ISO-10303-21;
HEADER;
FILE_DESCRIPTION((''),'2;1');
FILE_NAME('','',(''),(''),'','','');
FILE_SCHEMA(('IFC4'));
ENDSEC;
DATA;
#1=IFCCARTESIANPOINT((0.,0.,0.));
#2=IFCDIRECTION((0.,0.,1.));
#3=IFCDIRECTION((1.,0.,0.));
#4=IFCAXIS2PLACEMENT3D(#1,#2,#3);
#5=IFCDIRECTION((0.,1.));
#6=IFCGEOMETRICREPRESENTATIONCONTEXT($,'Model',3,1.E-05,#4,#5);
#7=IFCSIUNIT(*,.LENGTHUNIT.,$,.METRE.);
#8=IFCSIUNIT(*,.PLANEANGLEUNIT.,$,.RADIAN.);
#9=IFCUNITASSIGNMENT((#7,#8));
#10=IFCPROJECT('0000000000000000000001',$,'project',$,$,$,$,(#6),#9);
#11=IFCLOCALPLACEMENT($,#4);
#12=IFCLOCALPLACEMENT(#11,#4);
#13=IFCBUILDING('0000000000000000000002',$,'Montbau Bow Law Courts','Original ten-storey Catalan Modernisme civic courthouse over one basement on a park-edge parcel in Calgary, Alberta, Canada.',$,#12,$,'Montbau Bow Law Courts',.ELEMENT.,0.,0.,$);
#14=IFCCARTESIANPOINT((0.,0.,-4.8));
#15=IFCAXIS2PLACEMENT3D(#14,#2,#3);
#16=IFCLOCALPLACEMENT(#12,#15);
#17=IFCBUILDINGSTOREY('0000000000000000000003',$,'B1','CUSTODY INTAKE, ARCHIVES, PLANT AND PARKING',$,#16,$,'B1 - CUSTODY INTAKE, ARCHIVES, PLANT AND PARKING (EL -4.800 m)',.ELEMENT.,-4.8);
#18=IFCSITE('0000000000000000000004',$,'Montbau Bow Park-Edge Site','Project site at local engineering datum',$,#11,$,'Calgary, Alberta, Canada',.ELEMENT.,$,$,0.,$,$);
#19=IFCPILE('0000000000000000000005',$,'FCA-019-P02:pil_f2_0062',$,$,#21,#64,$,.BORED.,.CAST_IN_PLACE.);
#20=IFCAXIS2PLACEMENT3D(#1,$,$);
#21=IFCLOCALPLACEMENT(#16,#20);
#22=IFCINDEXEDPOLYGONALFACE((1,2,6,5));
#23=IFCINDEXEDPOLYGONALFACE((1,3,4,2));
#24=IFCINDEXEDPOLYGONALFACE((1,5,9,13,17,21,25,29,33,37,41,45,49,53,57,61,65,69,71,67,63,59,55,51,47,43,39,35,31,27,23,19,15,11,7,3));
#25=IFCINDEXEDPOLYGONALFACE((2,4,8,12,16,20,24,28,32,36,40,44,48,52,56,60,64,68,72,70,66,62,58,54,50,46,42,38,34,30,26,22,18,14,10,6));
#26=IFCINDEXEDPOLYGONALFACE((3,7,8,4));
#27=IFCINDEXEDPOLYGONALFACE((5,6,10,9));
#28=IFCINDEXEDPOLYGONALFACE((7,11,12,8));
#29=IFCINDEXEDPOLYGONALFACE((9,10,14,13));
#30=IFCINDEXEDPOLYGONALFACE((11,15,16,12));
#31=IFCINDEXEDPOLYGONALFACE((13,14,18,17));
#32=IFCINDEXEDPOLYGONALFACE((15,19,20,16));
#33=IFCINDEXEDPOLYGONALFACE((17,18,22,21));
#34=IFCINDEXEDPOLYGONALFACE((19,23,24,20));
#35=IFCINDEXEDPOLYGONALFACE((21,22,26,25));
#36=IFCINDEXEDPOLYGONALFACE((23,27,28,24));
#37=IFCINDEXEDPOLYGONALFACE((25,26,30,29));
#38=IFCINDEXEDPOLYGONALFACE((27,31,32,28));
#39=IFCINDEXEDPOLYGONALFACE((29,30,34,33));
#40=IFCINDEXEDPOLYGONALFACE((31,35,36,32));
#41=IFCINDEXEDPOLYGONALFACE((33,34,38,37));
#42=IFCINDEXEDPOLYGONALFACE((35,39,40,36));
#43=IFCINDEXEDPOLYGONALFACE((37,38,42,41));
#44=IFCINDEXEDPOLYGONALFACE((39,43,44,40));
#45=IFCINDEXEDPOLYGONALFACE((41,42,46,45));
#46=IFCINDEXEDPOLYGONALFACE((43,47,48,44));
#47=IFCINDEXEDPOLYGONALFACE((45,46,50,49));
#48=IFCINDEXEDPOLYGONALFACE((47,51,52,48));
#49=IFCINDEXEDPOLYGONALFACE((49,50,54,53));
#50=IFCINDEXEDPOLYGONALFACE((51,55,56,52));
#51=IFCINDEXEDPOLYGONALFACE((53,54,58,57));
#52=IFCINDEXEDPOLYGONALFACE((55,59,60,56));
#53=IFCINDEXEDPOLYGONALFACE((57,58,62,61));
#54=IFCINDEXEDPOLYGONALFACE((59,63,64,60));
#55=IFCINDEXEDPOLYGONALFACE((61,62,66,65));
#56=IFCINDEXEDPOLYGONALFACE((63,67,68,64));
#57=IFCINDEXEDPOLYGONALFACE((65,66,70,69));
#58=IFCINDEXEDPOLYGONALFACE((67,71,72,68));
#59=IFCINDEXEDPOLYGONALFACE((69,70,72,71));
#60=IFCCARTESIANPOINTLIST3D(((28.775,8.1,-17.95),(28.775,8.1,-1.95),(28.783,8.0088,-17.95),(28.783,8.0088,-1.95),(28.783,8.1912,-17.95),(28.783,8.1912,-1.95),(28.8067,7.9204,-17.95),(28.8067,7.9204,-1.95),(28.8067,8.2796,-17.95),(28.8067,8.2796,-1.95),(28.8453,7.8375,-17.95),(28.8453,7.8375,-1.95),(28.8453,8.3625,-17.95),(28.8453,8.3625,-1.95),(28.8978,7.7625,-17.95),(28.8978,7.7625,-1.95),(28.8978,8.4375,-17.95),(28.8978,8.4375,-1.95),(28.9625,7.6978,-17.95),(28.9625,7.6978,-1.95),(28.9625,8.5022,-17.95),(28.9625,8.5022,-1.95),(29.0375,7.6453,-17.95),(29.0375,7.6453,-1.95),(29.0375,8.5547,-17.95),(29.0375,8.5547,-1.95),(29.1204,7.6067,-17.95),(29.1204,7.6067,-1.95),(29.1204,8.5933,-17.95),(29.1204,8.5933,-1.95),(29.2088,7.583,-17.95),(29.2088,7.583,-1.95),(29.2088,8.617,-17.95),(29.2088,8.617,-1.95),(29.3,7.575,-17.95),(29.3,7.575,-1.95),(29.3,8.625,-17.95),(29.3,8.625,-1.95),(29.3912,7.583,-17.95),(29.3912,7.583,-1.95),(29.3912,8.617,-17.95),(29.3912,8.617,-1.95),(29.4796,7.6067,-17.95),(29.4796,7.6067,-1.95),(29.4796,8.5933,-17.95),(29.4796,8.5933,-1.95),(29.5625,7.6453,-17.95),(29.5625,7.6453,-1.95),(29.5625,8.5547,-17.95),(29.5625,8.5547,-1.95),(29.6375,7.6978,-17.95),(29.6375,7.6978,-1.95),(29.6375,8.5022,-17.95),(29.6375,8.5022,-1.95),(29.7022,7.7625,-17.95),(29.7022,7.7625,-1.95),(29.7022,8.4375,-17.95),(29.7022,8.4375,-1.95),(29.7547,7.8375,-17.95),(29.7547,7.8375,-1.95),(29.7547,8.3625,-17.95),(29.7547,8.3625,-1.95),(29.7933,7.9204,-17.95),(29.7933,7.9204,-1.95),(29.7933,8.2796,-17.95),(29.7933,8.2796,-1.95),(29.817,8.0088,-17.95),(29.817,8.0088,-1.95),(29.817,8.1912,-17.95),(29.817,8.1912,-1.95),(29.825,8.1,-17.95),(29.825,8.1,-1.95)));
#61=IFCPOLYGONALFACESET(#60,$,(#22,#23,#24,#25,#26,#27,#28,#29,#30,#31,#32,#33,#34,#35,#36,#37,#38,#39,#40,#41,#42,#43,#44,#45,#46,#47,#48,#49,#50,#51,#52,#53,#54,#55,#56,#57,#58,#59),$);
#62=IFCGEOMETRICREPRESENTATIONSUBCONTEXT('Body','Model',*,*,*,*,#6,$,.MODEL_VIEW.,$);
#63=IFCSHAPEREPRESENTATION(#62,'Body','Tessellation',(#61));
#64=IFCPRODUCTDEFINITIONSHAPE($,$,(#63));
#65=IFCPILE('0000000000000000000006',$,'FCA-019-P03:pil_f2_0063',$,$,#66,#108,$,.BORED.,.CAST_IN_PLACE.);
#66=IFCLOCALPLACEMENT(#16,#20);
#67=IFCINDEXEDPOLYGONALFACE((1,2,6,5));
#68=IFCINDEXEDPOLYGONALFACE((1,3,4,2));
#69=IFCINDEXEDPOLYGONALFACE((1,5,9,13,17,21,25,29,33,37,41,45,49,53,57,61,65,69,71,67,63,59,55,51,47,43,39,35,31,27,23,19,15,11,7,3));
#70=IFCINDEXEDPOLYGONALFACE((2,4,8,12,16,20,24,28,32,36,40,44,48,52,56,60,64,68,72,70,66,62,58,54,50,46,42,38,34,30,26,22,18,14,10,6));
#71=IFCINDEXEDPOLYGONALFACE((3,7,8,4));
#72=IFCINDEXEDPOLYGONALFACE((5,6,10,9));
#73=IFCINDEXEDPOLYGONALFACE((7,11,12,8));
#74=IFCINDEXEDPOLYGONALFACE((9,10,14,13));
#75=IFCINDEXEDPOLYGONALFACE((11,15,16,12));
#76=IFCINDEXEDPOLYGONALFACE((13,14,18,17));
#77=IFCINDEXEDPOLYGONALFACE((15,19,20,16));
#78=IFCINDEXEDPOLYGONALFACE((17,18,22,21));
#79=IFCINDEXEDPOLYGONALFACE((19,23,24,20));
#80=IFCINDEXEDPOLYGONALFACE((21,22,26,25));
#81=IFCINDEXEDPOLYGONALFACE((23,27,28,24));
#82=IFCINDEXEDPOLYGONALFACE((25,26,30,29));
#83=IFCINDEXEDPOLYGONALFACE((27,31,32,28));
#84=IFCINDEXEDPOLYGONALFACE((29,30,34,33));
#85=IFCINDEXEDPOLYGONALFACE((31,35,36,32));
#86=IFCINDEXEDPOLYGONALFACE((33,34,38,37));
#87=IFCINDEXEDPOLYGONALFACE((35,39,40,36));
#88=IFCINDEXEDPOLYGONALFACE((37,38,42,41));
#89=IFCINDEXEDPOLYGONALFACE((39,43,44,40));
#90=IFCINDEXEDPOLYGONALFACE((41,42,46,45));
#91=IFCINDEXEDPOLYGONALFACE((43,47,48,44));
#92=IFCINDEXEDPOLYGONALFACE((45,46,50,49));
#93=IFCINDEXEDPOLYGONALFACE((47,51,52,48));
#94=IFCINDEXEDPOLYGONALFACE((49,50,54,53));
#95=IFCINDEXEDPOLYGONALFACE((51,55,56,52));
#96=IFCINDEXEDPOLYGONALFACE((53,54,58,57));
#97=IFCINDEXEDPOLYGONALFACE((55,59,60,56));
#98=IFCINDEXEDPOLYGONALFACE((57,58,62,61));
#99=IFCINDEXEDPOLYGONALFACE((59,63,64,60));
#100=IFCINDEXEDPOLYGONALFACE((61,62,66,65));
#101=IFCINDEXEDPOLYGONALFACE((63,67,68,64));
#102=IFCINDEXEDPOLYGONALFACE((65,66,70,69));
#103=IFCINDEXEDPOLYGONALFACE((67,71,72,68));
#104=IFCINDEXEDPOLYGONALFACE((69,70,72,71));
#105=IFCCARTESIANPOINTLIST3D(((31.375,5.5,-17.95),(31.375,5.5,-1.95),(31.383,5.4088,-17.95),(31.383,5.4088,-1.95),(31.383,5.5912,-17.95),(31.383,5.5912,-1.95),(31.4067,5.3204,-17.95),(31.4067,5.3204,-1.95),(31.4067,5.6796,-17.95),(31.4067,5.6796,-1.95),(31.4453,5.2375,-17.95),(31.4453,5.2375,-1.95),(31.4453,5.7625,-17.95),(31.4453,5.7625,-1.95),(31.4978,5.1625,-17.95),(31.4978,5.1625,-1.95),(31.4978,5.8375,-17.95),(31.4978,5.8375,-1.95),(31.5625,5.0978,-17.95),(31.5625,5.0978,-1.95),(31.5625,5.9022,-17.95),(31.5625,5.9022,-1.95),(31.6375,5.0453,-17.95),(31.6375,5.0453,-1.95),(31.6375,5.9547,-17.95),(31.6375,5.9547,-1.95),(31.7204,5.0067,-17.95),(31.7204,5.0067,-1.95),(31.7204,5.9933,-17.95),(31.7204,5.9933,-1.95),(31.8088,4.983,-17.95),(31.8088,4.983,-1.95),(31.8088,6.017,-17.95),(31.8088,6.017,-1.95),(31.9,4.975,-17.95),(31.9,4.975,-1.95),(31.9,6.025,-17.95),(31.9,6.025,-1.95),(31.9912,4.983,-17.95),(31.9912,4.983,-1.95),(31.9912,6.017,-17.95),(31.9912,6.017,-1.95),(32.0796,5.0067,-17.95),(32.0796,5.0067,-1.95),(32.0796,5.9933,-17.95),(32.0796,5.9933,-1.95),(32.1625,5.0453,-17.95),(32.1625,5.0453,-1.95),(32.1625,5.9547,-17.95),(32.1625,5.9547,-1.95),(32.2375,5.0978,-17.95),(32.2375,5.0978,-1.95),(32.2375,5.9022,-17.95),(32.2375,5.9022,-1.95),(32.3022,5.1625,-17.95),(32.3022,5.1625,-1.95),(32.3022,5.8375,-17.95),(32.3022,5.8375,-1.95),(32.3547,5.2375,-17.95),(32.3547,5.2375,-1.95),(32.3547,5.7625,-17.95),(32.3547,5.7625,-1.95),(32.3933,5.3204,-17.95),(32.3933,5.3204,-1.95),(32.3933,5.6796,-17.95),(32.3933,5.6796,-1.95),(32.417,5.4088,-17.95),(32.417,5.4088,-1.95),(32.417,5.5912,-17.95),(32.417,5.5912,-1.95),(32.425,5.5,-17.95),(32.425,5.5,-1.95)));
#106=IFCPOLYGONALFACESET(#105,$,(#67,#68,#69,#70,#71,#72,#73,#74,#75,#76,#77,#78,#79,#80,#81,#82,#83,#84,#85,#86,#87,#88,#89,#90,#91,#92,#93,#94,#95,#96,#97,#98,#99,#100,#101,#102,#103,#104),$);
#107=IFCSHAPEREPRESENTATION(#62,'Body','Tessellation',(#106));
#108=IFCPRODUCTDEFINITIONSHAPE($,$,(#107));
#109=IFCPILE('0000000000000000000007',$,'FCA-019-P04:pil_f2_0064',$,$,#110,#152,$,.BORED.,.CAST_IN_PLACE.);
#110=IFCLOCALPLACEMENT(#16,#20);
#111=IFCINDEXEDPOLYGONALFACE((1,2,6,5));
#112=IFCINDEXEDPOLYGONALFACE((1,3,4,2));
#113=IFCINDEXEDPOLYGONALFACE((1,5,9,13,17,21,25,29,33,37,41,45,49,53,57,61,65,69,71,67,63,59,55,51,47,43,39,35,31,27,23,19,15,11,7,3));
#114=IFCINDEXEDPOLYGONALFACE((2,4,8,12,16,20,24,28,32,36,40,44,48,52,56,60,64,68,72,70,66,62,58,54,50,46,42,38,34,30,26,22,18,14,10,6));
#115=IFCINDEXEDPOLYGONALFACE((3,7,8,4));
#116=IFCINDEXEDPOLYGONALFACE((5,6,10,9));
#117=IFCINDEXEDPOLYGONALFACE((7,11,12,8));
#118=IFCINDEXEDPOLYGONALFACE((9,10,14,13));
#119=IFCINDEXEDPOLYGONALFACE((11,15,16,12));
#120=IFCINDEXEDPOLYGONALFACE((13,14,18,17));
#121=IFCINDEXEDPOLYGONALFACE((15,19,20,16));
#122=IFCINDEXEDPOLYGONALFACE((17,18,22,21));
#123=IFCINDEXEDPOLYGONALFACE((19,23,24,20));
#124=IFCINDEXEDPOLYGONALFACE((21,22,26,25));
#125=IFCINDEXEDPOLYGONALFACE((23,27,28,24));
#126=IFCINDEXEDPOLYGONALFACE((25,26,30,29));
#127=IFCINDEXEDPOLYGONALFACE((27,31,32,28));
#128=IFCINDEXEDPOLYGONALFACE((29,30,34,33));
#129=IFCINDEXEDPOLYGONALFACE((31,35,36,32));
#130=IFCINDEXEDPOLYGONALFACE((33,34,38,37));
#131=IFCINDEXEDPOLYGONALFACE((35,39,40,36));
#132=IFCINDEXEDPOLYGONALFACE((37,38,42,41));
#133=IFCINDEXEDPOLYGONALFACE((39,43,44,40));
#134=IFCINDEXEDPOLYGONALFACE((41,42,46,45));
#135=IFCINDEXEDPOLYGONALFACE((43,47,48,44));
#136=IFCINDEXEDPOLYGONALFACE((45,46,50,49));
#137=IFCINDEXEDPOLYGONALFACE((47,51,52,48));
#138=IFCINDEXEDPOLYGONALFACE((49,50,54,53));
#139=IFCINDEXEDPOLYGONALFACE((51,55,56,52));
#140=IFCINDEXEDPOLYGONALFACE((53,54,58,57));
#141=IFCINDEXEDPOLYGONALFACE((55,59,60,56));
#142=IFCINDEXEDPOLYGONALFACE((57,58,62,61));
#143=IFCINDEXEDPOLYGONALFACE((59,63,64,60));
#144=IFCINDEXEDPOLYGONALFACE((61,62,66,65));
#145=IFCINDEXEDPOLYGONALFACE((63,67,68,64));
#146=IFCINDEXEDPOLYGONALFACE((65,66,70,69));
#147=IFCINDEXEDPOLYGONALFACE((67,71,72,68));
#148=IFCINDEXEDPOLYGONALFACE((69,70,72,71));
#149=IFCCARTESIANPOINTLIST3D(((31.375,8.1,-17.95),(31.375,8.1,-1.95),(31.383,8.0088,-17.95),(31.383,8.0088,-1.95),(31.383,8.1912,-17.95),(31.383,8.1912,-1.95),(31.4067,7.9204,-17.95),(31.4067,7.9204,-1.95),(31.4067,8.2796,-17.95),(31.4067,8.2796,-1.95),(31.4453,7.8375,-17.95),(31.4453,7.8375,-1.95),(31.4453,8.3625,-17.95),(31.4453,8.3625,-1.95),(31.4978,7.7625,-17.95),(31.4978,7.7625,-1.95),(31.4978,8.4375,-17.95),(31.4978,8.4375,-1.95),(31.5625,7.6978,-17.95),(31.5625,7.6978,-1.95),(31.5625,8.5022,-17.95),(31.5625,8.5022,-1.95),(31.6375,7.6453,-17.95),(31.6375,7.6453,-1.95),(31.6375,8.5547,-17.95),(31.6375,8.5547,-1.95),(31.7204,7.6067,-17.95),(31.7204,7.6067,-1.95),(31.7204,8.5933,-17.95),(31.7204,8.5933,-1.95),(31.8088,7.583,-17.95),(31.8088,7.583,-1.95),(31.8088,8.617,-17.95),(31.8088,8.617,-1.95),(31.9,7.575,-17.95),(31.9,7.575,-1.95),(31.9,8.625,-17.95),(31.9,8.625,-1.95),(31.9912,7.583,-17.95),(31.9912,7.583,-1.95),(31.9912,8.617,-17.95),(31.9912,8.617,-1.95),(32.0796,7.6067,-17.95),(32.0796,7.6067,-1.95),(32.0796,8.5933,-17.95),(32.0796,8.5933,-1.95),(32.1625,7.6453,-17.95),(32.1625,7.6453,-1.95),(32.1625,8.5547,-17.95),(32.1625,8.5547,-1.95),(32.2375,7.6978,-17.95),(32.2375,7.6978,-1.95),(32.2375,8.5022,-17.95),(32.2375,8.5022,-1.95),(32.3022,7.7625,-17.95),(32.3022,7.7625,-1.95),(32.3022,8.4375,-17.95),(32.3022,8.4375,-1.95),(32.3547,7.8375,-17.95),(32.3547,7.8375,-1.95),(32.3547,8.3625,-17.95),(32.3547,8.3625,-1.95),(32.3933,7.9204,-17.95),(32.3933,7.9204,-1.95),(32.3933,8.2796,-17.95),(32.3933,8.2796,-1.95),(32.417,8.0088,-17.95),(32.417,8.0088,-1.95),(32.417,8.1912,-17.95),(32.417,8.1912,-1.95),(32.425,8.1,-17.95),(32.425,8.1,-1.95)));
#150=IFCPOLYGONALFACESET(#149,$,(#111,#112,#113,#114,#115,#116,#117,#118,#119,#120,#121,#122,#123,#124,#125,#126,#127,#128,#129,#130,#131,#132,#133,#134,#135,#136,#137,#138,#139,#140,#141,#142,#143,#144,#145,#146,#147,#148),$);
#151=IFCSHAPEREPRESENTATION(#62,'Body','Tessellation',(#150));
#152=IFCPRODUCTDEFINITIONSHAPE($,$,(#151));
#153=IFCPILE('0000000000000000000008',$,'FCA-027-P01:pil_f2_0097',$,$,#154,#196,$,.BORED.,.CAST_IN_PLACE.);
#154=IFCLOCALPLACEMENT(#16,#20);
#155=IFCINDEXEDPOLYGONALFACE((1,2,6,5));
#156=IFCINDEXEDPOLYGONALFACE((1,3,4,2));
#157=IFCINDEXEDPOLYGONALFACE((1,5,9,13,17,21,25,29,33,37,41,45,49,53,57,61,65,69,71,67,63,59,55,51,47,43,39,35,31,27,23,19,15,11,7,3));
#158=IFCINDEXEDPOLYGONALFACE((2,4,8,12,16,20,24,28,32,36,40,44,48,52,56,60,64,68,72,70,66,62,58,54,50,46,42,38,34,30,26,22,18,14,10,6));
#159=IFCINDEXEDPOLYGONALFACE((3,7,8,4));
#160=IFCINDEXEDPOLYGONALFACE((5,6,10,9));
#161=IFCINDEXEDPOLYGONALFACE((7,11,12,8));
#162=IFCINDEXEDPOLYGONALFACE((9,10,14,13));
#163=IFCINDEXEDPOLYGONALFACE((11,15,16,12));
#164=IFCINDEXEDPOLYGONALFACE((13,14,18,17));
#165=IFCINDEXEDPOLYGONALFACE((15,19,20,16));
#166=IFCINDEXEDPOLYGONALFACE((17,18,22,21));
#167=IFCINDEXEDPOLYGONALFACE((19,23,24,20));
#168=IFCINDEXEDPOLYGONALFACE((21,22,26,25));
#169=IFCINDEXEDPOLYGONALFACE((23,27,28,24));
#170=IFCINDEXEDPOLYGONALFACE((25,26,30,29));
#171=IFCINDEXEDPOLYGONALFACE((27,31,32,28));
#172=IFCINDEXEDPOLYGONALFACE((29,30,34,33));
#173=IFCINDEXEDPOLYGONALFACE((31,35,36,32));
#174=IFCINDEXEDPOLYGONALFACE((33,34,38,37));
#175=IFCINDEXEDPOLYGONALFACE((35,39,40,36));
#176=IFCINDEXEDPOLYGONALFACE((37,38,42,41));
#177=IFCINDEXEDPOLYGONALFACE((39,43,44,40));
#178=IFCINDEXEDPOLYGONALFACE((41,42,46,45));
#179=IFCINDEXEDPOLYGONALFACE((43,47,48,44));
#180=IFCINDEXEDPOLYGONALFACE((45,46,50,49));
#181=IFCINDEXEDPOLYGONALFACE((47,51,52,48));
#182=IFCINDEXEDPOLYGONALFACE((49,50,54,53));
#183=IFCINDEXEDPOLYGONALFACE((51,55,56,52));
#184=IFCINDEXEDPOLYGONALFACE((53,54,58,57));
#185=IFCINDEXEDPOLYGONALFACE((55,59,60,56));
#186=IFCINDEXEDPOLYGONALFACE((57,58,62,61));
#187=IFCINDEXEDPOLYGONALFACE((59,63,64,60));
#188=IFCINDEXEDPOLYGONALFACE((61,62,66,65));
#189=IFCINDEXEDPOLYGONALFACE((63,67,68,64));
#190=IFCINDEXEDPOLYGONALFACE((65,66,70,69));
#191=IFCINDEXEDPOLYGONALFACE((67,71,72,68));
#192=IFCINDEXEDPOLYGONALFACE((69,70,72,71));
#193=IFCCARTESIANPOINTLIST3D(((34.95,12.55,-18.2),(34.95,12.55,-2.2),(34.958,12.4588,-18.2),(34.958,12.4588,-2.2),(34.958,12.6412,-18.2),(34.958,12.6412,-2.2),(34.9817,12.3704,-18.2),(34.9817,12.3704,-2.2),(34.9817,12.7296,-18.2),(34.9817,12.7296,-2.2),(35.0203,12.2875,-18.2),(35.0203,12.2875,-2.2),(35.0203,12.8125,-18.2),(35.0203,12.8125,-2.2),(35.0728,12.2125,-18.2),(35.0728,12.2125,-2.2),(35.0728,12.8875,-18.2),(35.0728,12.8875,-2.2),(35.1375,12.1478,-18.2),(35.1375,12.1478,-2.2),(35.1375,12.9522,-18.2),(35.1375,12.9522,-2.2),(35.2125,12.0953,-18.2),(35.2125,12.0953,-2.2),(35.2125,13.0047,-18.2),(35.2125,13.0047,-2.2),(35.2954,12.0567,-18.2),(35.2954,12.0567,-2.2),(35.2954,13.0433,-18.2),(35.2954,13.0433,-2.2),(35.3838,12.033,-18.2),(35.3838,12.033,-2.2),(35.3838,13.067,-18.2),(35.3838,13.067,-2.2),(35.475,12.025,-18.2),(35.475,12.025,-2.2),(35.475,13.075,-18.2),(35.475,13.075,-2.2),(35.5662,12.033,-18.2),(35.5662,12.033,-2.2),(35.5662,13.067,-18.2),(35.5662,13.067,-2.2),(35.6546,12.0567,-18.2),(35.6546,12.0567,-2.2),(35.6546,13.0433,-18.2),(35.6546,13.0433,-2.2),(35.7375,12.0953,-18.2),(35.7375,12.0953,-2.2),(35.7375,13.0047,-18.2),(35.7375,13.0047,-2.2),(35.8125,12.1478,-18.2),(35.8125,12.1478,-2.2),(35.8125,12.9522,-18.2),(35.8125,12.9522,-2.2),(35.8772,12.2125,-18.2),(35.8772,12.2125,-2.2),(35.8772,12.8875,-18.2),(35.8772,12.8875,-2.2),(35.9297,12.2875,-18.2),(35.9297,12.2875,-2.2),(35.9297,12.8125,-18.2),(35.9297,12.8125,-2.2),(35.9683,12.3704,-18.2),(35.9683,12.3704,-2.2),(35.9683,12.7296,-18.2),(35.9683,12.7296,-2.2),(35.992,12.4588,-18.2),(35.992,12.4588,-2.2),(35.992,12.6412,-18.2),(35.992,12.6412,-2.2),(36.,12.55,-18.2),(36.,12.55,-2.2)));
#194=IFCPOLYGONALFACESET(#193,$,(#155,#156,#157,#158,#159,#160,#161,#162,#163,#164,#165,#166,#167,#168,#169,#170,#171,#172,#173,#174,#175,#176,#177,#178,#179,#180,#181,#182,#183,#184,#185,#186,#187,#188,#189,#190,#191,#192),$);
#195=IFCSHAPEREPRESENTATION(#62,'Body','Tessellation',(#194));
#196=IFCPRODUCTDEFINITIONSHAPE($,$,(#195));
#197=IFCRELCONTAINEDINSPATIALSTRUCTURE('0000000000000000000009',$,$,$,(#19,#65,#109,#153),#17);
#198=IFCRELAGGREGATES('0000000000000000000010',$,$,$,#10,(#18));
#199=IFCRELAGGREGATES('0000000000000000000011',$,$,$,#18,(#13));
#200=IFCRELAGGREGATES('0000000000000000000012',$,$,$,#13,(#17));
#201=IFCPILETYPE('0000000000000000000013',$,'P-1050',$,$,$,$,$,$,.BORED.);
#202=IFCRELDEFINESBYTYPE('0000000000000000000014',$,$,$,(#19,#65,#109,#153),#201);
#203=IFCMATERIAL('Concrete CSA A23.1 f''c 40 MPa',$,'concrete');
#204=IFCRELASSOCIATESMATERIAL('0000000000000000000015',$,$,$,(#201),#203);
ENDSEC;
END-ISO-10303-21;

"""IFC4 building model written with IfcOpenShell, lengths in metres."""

from ifc_helpers import new_model, si_unit, direction, frame, origin_with_axes, origin_2d_with_axis, place, context, subcontext, project, spatial, circle, extrude, material, material_profile, profile_set, type_object, element, save


model = new_model("IFC4")

# Units and contexts
model_context = context("Model", 3, precision=1e-05, world=origin_with_axes(), true_north=direction((0.0, 1.0)))
body_context = subcontext(model_context, "Body", "Model", "MODEL_VIEW")
ifc_project = project(units=[si_unit("LENGTHUNIT", "METRE"), si_unit("PLANEANGLEUNIT", "RADIAN")], contexts=[model_context])

# Site, building, storey
site_placement = place(None, origin_with_axes())
site = spatial("IfcSite", under=ifc_project, at=site_placement, Name="Montbau Bow Park-Edge Site", Description="Project site at local engineering datum", LongName="Calgary, Alberta, Canada", CompositionType="ELEMENT", RefElevation=0.0)
building_placement = place(site_placement, origin_with_axes())
building = spatial("IfcBuilding", under=site, at=building_placement, Name="Montbau Bow Law Courts", Description="Original ten-storey Catalan Modernisme civic courthouse over one basement on a park-edge parcel in Calgary, Alberta, Canada.", LongName="Montbau Bow Law Courts", CompositionType="ELEMENT", ElevationOfRefHeight=0.0, ElevationOfTerrain=0.0)
storey_placement = place(building_placement, frame((0.0, 0.0, -4.8), z_axis=(0.0, 0.0, 1.0), x_axis=(1.0, 0.0, 0.0)))
storey = spatial("IfcBuildingStorey", under=building, at=storey_placement, Name="B1", Description="CUSTODY INTAKE, ARCHIVES, PLANT AND PARKING", LongName="B1 - CUSTODY INTAKE, ARCHIVES, PLANT AND PARKING (EL -4.800 m)", CompositionType="ELEMENT", Elevation=-4.8)

# Piles
ifc_material_1 = material(Name="Concrete CSA A23.1 f'c 40 MPa", Category="concrete")
ifc_material_profile_1 = material_profile(ifc_material_1, circle(Radius=0.525, at=origin_2d_with_axis()), Name="BP1050", Category="Main", Priority=0)
ifc_profile_set_1 = profile_set([ifc_material_profile_1], Name="Concrete CSA A23.1 f'c 40 MPa")
pile_type_1 = type_object("IfcPileType", Name="P-1050", PredefinedType="BORED", material=ifc_profile_set_1)
for number, where, z_axis, x_axis, name in (
    (1, (29.3, 8.1, -22.75), (0.0, 0.0, 1.0), (1.0, 0.0, 0.0), "FCA-019-P02:pil_f2_0062"),
    (2, (31.9, 5.5, -22.75), (0.0, 0.0, 1.0), (1.0, 0.0, 0.0), "FCA-019-P03:pil_f2_0063"),
    (3, (31.9, 8.1, -22.75), (0.0, 0.0, 1.0), (1.0, 0.0, 0.0), "FCA-019-P04:pil_f2_0064"),
    (4, (35.475, 12.55, -23.0), (0.0, 0.0, 1.0), (1.0, 0.0, 0.0), "FCA-027-P01:pil_f2_0097"),
):
    element("IfcPile", number, at=place(None, frame(where, z_axis=z_axis, x_axis=x_axis)), inside=storey, type_object=pile_type_1, Name=name, ConstructionType="CAST_IN_PLACE", PredefinedType="BORED", context=body_context, shape_type="SweptSolid", body=[
        extrude(circle(Radius=0.525, at=origin_2d_with_axis()), origin_with_axes(), (0.0, 0.0, 1.0), 16.0),
    ])

save(model, "model.ifc")
